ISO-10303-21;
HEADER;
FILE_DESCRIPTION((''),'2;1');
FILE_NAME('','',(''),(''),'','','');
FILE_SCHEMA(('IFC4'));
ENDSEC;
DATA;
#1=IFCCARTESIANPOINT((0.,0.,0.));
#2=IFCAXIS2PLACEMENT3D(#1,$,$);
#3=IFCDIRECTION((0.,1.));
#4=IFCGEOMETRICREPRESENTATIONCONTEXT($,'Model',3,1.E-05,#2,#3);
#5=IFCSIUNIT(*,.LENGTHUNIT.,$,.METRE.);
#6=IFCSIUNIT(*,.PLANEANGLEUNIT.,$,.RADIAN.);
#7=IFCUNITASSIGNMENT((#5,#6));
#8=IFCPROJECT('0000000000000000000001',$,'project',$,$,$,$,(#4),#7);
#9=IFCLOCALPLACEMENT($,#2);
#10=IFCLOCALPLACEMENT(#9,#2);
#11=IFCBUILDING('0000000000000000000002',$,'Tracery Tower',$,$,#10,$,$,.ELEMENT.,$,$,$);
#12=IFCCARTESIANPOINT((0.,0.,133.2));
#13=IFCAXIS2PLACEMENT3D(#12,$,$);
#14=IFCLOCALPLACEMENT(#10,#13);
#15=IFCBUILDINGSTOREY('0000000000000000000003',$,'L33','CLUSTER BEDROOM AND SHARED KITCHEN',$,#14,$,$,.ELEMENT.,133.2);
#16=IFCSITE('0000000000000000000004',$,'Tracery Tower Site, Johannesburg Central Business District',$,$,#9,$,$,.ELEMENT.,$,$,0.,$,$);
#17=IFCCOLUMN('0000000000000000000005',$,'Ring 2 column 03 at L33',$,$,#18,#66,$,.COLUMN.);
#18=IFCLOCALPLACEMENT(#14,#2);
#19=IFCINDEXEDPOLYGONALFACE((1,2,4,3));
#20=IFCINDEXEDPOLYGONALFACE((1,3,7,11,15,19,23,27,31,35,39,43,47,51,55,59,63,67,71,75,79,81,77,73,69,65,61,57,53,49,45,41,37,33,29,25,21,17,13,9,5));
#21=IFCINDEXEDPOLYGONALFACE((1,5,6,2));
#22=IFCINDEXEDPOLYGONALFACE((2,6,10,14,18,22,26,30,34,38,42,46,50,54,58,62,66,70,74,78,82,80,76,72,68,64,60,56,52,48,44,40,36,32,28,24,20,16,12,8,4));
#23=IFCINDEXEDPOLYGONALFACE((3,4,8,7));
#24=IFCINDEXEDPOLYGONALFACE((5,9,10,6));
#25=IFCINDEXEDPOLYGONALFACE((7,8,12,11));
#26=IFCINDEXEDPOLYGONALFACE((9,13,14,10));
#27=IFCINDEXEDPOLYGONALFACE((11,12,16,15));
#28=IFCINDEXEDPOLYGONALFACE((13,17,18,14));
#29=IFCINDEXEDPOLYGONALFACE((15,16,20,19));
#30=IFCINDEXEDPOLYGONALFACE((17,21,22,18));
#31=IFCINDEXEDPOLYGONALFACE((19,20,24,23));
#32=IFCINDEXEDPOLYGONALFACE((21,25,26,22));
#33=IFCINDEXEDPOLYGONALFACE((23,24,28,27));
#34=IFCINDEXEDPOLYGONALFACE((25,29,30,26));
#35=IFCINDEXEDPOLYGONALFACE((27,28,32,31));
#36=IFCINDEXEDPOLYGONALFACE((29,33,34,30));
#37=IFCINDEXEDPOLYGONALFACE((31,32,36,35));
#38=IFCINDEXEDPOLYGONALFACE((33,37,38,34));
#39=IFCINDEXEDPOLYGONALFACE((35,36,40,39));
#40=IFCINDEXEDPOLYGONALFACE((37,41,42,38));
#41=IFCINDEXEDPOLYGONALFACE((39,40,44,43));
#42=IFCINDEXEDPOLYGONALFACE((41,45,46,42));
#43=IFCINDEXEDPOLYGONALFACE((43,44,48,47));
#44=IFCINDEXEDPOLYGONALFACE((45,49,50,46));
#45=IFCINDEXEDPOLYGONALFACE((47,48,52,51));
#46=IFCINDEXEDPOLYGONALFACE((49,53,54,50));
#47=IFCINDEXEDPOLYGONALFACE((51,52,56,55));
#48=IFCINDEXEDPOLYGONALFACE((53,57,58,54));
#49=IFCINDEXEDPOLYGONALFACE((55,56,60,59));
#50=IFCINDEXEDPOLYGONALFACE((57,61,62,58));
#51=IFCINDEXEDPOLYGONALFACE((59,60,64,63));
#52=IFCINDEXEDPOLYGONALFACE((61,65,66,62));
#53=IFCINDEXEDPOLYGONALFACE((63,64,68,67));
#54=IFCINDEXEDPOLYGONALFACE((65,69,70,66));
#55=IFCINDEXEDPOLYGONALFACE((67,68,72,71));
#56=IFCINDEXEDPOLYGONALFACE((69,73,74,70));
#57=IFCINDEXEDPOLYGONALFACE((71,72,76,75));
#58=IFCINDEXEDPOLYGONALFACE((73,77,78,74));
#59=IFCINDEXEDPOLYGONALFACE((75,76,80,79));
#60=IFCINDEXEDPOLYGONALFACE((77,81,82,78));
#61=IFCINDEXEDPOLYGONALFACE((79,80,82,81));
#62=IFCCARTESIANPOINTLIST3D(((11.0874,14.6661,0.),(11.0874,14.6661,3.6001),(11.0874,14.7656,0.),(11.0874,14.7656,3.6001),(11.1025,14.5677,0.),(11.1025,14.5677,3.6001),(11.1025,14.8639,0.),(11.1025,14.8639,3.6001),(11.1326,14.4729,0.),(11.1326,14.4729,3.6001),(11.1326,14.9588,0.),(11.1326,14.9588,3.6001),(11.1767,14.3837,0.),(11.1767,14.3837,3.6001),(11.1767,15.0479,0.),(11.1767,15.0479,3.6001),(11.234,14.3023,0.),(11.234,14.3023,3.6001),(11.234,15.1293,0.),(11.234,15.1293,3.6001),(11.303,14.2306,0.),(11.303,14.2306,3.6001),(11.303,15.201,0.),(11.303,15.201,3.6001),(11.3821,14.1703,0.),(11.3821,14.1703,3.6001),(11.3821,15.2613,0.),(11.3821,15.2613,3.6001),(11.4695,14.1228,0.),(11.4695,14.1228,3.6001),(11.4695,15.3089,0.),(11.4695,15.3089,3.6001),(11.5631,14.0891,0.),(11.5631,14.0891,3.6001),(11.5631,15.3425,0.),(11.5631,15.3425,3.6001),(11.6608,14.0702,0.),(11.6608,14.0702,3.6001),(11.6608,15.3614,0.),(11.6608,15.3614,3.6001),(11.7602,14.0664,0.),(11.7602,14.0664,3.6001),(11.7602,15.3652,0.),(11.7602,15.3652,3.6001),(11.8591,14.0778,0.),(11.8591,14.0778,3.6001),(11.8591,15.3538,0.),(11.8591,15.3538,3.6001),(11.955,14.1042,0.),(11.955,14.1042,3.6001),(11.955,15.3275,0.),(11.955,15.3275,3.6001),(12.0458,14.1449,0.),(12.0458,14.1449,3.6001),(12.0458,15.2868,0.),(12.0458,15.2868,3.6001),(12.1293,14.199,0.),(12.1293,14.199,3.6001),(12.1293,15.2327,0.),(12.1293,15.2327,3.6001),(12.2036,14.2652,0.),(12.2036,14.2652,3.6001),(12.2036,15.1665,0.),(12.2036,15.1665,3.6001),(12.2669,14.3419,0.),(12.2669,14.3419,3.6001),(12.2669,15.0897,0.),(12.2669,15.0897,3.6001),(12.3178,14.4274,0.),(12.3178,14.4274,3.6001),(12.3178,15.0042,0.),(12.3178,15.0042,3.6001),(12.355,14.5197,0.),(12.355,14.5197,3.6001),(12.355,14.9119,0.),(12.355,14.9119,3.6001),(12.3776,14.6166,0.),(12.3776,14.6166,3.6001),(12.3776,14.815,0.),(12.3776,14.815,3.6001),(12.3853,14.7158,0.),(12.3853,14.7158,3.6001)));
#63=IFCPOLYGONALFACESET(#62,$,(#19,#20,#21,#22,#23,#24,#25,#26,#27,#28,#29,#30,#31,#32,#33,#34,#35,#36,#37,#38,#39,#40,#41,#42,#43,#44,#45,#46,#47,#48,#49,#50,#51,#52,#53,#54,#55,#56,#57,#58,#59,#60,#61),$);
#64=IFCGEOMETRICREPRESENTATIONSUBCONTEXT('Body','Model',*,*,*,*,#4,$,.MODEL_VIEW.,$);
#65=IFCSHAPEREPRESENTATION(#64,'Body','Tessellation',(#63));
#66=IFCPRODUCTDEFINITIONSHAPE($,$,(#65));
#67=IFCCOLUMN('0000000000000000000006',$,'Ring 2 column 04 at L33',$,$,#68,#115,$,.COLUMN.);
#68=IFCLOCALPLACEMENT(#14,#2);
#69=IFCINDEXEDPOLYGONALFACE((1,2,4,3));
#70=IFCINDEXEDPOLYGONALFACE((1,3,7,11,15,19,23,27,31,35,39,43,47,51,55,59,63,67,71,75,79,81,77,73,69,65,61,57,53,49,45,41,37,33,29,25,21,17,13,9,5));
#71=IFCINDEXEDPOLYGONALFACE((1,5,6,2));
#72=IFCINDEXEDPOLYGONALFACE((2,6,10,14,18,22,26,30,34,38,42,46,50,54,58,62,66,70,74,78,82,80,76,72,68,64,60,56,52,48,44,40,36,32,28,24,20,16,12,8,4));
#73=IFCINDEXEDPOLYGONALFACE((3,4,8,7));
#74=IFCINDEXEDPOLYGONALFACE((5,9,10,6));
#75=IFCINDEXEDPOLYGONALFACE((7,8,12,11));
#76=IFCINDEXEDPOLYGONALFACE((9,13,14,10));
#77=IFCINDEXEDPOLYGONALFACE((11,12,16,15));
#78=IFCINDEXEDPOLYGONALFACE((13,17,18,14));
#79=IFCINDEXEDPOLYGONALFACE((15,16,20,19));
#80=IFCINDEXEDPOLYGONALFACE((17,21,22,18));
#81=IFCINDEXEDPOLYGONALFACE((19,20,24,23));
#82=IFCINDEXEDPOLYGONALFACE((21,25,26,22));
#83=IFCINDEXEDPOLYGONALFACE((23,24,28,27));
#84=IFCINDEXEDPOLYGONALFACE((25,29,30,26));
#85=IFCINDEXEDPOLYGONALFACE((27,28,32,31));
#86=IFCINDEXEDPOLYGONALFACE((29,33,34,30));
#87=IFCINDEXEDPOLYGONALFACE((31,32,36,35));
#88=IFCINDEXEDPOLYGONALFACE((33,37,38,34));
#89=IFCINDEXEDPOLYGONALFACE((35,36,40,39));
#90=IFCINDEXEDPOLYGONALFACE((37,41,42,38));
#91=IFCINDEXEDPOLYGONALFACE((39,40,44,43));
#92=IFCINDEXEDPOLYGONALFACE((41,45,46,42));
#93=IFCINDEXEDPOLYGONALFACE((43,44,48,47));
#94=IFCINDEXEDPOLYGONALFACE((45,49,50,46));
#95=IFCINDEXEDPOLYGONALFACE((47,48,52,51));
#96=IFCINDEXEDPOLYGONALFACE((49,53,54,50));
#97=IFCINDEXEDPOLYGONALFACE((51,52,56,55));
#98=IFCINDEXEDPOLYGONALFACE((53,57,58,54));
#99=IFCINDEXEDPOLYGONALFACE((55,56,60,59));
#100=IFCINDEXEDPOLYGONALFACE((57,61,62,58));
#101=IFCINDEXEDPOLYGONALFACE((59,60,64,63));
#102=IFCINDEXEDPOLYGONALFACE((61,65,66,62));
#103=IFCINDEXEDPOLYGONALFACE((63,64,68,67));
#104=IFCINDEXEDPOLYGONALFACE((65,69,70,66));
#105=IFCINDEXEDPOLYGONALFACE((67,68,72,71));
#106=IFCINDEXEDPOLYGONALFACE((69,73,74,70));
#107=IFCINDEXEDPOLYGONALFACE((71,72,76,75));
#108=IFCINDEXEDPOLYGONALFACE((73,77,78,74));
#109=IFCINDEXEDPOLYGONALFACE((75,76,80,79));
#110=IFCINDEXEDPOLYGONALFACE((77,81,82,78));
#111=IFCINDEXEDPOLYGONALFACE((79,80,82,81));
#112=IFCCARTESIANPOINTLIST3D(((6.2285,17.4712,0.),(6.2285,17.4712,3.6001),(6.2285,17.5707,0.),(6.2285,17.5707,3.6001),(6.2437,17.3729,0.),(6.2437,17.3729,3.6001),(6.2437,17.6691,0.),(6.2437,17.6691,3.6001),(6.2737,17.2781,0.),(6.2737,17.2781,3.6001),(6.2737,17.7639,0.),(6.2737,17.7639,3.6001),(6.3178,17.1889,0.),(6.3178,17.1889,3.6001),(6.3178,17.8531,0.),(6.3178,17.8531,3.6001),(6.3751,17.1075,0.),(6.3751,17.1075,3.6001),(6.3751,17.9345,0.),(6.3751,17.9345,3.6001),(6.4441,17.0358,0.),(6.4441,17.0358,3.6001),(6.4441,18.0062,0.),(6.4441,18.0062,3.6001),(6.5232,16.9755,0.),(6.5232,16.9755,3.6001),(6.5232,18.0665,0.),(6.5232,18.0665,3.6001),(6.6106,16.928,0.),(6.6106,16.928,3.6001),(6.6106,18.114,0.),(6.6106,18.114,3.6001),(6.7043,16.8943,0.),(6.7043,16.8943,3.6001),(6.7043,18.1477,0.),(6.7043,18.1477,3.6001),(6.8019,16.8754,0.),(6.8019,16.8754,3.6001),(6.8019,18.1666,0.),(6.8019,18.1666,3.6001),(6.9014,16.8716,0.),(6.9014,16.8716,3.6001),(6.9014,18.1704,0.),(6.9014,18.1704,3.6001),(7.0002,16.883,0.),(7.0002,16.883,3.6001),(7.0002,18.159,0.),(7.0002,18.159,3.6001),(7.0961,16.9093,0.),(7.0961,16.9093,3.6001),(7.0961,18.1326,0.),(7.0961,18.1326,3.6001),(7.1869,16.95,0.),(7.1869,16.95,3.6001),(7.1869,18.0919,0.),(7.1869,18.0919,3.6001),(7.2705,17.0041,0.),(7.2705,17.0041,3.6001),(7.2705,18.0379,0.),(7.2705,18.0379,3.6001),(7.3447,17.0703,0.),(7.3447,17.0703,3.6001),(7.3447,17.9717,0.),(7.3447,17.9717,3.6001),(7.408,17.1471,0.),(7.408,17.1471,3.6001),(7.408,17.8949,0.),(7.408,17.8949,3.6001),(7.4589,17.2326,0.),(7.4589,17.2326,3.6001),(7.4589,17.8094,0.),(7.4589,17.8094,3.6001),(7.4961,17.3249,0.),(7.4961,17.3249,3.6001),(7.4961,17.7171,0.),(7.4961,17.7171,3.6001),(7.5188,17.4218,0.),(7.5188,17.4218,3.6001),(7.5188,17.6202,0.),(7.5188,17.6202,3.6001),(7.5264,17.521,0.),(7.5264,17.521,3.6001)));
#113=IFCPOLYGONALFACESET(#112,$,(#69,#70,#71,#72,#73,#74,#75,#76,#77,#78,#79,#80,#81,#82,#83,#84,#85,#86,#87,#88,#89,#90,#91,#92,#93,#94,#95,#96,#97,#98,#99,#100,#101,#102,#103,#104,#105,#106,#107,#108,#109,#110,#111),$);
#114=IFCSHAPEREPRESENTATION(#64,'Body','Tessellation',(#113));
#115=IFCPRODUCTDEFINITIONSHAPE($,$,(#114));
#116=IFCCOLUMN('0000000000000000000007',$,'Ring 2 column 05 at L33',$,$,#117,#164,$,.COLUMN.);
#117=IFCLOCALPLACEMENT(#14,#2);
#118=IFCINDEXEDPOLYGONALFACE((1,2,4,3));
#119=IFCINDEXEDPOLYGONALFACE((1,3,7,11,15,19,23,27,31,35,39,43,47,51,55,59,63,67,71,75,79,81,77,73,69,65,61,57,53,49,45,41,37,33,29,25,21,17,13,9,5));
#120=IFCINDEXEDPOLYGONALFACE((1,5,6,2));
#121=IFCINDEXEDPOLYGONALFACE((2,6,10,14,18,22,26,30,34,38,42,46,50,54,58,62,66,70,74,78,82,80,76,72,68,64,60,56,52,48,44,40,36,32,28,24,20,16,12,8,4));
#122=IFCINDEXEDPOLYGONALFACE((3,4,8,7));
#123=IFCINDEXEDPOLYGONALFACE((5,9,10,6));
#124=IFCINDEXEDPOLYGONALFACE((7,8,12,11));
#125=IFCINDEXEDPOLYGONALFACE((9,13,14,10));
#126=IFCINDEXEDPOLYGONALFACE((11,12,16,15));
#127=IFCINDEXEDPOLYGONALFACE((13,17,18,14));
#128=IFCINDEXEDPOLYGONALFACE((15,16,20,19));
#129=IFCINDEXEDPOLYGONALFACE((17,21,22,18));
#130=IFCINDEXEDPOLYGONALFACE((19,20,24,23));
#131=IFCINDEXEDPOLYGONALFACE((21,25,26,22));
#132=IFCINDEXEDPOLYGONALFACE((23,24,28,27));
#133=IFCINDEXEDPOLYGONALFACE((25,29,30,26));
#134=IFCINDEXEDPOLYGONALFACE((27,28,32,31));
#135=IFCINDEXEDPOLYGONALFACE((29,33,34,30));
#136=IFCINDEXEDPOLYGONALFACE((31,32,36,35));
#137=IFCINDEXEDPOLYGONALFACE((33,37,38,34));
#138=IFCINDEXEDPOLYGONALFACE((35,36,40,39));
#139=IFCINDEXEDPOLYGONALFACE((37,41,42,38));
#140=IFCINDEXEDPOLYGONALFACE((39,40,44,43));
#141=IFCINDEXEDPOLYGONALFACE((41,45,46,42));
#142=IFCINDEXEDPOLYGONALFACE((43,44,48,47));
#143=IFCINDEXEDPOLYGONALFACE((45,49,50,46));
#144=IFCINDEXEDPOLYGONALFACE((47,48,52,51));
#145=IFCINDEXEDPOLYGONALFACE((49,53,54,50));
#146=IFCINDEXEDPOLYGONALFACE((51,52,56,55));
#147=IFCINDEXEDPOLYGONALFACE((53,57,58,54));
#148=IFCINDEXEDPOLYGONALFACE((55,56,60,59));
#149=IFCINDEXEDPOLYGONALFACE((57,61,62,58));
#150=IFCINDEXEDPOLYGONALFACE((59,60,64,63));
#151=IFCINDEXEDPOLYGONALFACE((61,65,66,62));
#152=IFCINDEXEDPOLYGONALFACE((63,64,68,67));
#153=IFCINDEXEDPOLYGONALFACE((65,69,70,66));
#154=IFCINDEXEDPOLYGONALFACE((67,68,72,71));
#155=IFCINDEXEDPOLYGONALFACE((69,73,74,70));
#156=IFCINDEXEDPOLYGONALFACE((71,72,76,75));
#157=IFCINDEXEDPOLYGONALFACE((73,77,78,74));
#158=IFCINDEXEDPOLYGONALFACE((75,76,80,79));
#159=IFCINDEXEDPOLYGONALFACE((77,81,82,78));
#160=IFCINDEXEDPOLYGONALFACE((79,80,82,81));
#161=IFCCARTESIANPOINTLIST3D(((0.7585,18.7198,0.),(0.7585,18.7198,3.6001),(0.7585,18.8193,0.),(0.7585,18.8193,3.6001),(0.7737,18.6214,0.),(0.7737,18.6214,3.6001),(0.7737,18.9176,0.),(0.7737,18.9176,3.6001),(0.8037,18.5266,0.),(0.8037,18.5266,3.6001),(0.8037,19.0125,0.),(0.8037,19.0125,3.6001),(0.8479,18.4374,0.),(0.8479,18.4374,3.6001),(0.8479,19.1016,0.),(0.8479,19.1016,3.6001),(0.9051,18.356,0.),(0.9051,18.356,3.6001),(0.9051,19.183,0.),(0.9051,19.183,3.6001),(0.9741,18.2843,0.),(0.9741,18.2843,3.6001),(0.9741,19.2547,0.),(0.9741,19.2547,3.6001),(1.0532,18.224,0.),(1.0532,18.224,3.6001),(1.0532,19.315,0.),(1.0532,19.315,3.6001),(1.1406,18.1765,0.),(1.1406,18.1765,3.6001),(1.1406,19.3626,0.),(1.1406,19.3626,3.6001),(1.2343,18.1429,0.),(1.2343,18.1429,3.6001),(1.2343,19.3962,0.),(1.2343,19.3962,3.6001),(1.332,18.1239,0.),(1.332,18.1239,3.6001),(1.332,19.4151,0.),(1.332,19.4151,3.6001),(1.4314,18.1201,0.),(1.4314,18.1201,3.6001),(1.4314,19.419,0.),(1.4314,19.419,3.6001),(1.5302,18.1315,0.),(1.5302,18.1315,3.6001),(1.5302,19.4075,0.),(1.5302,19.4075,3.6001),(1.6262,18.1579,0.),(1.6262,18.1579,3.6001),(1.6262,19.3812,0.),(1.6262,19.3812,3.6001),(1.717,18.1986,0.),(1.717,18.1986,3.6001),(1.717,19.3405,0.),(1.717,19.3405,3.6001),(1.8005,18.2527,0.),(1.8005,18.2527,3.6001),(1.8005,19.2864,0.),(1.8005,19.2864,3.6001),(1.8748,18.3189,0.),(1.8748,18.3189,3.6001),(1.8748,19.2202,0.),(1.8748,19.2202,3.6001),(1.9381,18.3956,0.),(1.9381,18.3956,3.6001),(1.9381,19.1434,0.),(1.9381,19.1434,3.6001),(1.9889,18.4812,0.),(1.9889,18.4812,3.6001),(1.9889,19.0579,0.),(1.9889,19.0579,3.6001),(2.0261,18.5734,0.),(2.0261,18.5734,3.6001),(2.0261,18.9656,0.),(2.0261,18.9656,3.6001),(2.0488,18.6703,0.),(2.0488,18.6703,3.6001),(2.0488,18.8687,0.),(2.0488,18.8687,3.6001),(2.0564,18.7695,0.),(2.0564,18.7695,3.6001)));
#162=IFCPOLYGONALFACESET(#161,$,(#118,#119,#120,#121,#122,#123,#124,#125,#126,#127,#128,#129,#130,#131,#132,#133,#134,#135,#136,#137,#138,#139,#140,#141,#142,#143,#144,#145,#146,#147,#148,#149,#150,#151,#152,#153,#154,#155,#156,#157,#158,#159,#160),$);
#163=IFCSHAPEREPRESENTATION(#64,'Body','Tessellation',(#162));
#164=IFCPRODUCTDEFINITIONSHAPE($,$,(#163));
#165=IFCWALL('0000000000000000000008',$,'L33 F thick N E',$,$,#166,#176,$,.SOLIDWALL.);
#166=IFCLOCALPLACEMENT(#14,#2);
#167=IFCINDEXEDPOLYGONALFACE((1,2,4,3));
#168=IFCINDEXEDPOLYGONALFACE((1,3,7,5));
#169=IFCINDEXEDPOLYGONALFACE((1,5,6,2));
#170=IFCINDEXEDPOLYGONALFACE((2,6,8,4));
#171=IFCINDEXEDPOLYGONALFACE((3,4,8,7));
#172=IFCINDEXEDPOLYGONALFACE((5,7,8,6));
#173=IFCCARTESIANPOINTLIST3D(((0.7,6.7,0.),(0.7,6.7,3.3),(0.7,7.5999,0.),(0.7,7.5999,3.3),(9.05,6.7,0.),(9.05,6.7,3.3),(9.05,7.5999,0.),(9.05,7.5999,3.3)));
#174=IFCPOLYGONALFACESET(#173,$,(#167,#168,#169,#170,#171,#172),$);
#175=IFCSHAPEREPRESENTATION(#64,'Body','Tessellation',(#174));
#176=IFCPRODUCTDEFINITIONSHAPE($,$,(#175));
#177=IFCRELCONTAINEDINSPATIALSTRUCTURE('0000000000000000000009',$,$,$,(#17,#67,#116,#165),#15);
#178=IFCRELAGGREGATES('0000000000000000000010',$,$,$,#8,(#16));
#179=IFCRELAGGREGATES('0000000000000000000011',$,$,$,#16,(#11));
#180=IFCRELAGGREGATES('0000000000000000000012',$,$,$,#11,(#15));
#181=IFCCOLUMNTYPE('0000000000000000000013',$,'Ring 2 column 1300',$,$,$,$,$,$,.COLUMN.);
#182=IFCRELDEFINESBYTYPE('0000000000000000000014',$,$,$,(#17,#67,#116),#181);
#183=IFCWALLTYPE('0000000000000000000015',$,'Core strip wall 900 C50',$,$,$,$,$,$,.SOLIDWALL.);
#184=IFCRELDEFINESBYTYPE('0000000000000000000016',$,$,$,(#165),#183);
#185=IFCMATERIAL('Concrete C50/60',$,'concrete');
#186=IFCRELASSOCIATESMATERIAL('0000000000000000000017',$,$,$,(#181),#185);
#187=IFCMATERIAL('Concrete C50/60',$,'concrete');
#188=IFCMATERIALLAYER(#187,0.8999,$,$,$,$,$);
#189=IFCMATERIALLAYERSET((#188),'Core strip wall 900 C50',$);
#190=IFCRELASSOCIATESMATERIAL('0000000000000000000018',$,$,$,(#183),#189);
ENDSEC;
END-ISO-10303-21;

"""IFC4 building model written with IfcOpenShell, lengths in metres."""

from ifc_helpers import new_model, si_unit, direction, frame, frame_2d, origin, origin_2d, place, context, subcontext, project, spatial, rectangle, circle, extrude, material, layer, layer_set, material_profile, profile_set, type_object, element, save


model = new_model("IFC4")

# Units and contexts
model_context = context("Model", 3, precision=1e-05, world=origin(), true_north=direction((0.0, 1.0)))
body_context = subcontext(model_context, "Body", "Model", "MODEL_VIEW")
ifc_project = project(units=[si_unit("LENGTHUNIT", "METRE"), si_unit("PLANEANGLEUNIT", "RADIAN")], contexts=[model_context])

# Site, building, storey
site_placement = place(None, origin())
site = spatial("IfcSite", under=ifc_project, at=site_placement, Name="Tracery Tower Site, Johannesburg Central Business District", CompositionType="ELEMENT", RefElevation=0.0)
building_placement = place(site_placement, origin())
building = spatial("IfcBuilding", under=site, at=building_placement, Name="Tracery Tower", CompositionType="ELEMENT")
storey_placement = place(building_placement, frame((0.0, 0.0, 133.2)))
storey = spatial("IfcBuildingStorey", under=building, at=storey_placement, Name="L33", Description="CLUSTER BEDROOM AND SHARED KITCHEN", CompositionType="ELEMENT", Elevation=133.2)

# Columns
ifc_material_1 = material(Name="Concrete C50/60", Category="concrete")
ifc_material_profile = material_profile(ifc_material_1, circle(Radius=0.6499, at=origin_2d()), Name="RC D1300")
ifc_profile_set = profile_set([ifc_material_profile], Name="Concrete C50/60")
column_type = type_object("IfcColumnType", Name="Ring 2 column 1300", PredefinedType="COLUMN", material=ifc_profile_set)
for number, where, z_axis, x_axis, name in (
    (1, (11.7354, 14.7158, 0.0), (0.0, 0.0, 1.0), (1.0, 0.0, 0.0), "Ring 2 column 03 at L33"),
    (2, (6.8765, 17.521, 0.0), (0.0, 0.0, 1.0), (1.0, 0.0, 0.0), "Ring 2 column 04 at L33"),
    (3, (1.4065, 18.7695, 0.0), (0.0, 0.0, 1.0), (1.0, 0.0, 0.0), "Ring 2 column 05 at L33"),
):
    element("IfcColumn", number, at=place(storey_placement, frame(where, z_axis=z_axis, x_axis=x_axis)), inside=storey, type_object=column_type, Name=name, PredefinedType="COLUMN", context=body_context, shape_type="SweptSolid", body=[
        extrude(circle(Radius=0.6499, at=origin_2d()), origin(), (0.0, 0.0, 1.0), 3.6001),
    ])

# Wall
ifc_material_2 = material(Name="Concrete C50/60", Category="concrete")
ifc_layer_1 = layer(ifc_material_2, 0.8999)
ifc_layer_set_1 = layer_set([ifc_layer_1], Name="Core strip wall 900 C50")
wall_type_1 = type_object("IfcWallType", Name="Core strip wall 900 C50", PredefinedType="SOLIDWALL", material=ifc_layer_set_1)
wall_1_placement = place(storey_placement, frame((0.7, 7.1499, 0.0), z_axis=(0.0, 0.0, 1.0), x_axis=(1.0, 0.0, 0.0)))
element("IfcWall", 4, at=wall_1_placement, inside=storey, type_object=wall_type_1, Name="L33 F thick N E", PredefinedType="SOLIDWALL", context=body_context, shape_type="SweptSolid", body=[
    extrude(rectangle(XDim=8.3501, YDim=0.8999, at=frame_2d((4.175, 0.0))), origin(), (0.0, 0.0, 1.0), 3.3),
])

save(model, "model.ifc")
